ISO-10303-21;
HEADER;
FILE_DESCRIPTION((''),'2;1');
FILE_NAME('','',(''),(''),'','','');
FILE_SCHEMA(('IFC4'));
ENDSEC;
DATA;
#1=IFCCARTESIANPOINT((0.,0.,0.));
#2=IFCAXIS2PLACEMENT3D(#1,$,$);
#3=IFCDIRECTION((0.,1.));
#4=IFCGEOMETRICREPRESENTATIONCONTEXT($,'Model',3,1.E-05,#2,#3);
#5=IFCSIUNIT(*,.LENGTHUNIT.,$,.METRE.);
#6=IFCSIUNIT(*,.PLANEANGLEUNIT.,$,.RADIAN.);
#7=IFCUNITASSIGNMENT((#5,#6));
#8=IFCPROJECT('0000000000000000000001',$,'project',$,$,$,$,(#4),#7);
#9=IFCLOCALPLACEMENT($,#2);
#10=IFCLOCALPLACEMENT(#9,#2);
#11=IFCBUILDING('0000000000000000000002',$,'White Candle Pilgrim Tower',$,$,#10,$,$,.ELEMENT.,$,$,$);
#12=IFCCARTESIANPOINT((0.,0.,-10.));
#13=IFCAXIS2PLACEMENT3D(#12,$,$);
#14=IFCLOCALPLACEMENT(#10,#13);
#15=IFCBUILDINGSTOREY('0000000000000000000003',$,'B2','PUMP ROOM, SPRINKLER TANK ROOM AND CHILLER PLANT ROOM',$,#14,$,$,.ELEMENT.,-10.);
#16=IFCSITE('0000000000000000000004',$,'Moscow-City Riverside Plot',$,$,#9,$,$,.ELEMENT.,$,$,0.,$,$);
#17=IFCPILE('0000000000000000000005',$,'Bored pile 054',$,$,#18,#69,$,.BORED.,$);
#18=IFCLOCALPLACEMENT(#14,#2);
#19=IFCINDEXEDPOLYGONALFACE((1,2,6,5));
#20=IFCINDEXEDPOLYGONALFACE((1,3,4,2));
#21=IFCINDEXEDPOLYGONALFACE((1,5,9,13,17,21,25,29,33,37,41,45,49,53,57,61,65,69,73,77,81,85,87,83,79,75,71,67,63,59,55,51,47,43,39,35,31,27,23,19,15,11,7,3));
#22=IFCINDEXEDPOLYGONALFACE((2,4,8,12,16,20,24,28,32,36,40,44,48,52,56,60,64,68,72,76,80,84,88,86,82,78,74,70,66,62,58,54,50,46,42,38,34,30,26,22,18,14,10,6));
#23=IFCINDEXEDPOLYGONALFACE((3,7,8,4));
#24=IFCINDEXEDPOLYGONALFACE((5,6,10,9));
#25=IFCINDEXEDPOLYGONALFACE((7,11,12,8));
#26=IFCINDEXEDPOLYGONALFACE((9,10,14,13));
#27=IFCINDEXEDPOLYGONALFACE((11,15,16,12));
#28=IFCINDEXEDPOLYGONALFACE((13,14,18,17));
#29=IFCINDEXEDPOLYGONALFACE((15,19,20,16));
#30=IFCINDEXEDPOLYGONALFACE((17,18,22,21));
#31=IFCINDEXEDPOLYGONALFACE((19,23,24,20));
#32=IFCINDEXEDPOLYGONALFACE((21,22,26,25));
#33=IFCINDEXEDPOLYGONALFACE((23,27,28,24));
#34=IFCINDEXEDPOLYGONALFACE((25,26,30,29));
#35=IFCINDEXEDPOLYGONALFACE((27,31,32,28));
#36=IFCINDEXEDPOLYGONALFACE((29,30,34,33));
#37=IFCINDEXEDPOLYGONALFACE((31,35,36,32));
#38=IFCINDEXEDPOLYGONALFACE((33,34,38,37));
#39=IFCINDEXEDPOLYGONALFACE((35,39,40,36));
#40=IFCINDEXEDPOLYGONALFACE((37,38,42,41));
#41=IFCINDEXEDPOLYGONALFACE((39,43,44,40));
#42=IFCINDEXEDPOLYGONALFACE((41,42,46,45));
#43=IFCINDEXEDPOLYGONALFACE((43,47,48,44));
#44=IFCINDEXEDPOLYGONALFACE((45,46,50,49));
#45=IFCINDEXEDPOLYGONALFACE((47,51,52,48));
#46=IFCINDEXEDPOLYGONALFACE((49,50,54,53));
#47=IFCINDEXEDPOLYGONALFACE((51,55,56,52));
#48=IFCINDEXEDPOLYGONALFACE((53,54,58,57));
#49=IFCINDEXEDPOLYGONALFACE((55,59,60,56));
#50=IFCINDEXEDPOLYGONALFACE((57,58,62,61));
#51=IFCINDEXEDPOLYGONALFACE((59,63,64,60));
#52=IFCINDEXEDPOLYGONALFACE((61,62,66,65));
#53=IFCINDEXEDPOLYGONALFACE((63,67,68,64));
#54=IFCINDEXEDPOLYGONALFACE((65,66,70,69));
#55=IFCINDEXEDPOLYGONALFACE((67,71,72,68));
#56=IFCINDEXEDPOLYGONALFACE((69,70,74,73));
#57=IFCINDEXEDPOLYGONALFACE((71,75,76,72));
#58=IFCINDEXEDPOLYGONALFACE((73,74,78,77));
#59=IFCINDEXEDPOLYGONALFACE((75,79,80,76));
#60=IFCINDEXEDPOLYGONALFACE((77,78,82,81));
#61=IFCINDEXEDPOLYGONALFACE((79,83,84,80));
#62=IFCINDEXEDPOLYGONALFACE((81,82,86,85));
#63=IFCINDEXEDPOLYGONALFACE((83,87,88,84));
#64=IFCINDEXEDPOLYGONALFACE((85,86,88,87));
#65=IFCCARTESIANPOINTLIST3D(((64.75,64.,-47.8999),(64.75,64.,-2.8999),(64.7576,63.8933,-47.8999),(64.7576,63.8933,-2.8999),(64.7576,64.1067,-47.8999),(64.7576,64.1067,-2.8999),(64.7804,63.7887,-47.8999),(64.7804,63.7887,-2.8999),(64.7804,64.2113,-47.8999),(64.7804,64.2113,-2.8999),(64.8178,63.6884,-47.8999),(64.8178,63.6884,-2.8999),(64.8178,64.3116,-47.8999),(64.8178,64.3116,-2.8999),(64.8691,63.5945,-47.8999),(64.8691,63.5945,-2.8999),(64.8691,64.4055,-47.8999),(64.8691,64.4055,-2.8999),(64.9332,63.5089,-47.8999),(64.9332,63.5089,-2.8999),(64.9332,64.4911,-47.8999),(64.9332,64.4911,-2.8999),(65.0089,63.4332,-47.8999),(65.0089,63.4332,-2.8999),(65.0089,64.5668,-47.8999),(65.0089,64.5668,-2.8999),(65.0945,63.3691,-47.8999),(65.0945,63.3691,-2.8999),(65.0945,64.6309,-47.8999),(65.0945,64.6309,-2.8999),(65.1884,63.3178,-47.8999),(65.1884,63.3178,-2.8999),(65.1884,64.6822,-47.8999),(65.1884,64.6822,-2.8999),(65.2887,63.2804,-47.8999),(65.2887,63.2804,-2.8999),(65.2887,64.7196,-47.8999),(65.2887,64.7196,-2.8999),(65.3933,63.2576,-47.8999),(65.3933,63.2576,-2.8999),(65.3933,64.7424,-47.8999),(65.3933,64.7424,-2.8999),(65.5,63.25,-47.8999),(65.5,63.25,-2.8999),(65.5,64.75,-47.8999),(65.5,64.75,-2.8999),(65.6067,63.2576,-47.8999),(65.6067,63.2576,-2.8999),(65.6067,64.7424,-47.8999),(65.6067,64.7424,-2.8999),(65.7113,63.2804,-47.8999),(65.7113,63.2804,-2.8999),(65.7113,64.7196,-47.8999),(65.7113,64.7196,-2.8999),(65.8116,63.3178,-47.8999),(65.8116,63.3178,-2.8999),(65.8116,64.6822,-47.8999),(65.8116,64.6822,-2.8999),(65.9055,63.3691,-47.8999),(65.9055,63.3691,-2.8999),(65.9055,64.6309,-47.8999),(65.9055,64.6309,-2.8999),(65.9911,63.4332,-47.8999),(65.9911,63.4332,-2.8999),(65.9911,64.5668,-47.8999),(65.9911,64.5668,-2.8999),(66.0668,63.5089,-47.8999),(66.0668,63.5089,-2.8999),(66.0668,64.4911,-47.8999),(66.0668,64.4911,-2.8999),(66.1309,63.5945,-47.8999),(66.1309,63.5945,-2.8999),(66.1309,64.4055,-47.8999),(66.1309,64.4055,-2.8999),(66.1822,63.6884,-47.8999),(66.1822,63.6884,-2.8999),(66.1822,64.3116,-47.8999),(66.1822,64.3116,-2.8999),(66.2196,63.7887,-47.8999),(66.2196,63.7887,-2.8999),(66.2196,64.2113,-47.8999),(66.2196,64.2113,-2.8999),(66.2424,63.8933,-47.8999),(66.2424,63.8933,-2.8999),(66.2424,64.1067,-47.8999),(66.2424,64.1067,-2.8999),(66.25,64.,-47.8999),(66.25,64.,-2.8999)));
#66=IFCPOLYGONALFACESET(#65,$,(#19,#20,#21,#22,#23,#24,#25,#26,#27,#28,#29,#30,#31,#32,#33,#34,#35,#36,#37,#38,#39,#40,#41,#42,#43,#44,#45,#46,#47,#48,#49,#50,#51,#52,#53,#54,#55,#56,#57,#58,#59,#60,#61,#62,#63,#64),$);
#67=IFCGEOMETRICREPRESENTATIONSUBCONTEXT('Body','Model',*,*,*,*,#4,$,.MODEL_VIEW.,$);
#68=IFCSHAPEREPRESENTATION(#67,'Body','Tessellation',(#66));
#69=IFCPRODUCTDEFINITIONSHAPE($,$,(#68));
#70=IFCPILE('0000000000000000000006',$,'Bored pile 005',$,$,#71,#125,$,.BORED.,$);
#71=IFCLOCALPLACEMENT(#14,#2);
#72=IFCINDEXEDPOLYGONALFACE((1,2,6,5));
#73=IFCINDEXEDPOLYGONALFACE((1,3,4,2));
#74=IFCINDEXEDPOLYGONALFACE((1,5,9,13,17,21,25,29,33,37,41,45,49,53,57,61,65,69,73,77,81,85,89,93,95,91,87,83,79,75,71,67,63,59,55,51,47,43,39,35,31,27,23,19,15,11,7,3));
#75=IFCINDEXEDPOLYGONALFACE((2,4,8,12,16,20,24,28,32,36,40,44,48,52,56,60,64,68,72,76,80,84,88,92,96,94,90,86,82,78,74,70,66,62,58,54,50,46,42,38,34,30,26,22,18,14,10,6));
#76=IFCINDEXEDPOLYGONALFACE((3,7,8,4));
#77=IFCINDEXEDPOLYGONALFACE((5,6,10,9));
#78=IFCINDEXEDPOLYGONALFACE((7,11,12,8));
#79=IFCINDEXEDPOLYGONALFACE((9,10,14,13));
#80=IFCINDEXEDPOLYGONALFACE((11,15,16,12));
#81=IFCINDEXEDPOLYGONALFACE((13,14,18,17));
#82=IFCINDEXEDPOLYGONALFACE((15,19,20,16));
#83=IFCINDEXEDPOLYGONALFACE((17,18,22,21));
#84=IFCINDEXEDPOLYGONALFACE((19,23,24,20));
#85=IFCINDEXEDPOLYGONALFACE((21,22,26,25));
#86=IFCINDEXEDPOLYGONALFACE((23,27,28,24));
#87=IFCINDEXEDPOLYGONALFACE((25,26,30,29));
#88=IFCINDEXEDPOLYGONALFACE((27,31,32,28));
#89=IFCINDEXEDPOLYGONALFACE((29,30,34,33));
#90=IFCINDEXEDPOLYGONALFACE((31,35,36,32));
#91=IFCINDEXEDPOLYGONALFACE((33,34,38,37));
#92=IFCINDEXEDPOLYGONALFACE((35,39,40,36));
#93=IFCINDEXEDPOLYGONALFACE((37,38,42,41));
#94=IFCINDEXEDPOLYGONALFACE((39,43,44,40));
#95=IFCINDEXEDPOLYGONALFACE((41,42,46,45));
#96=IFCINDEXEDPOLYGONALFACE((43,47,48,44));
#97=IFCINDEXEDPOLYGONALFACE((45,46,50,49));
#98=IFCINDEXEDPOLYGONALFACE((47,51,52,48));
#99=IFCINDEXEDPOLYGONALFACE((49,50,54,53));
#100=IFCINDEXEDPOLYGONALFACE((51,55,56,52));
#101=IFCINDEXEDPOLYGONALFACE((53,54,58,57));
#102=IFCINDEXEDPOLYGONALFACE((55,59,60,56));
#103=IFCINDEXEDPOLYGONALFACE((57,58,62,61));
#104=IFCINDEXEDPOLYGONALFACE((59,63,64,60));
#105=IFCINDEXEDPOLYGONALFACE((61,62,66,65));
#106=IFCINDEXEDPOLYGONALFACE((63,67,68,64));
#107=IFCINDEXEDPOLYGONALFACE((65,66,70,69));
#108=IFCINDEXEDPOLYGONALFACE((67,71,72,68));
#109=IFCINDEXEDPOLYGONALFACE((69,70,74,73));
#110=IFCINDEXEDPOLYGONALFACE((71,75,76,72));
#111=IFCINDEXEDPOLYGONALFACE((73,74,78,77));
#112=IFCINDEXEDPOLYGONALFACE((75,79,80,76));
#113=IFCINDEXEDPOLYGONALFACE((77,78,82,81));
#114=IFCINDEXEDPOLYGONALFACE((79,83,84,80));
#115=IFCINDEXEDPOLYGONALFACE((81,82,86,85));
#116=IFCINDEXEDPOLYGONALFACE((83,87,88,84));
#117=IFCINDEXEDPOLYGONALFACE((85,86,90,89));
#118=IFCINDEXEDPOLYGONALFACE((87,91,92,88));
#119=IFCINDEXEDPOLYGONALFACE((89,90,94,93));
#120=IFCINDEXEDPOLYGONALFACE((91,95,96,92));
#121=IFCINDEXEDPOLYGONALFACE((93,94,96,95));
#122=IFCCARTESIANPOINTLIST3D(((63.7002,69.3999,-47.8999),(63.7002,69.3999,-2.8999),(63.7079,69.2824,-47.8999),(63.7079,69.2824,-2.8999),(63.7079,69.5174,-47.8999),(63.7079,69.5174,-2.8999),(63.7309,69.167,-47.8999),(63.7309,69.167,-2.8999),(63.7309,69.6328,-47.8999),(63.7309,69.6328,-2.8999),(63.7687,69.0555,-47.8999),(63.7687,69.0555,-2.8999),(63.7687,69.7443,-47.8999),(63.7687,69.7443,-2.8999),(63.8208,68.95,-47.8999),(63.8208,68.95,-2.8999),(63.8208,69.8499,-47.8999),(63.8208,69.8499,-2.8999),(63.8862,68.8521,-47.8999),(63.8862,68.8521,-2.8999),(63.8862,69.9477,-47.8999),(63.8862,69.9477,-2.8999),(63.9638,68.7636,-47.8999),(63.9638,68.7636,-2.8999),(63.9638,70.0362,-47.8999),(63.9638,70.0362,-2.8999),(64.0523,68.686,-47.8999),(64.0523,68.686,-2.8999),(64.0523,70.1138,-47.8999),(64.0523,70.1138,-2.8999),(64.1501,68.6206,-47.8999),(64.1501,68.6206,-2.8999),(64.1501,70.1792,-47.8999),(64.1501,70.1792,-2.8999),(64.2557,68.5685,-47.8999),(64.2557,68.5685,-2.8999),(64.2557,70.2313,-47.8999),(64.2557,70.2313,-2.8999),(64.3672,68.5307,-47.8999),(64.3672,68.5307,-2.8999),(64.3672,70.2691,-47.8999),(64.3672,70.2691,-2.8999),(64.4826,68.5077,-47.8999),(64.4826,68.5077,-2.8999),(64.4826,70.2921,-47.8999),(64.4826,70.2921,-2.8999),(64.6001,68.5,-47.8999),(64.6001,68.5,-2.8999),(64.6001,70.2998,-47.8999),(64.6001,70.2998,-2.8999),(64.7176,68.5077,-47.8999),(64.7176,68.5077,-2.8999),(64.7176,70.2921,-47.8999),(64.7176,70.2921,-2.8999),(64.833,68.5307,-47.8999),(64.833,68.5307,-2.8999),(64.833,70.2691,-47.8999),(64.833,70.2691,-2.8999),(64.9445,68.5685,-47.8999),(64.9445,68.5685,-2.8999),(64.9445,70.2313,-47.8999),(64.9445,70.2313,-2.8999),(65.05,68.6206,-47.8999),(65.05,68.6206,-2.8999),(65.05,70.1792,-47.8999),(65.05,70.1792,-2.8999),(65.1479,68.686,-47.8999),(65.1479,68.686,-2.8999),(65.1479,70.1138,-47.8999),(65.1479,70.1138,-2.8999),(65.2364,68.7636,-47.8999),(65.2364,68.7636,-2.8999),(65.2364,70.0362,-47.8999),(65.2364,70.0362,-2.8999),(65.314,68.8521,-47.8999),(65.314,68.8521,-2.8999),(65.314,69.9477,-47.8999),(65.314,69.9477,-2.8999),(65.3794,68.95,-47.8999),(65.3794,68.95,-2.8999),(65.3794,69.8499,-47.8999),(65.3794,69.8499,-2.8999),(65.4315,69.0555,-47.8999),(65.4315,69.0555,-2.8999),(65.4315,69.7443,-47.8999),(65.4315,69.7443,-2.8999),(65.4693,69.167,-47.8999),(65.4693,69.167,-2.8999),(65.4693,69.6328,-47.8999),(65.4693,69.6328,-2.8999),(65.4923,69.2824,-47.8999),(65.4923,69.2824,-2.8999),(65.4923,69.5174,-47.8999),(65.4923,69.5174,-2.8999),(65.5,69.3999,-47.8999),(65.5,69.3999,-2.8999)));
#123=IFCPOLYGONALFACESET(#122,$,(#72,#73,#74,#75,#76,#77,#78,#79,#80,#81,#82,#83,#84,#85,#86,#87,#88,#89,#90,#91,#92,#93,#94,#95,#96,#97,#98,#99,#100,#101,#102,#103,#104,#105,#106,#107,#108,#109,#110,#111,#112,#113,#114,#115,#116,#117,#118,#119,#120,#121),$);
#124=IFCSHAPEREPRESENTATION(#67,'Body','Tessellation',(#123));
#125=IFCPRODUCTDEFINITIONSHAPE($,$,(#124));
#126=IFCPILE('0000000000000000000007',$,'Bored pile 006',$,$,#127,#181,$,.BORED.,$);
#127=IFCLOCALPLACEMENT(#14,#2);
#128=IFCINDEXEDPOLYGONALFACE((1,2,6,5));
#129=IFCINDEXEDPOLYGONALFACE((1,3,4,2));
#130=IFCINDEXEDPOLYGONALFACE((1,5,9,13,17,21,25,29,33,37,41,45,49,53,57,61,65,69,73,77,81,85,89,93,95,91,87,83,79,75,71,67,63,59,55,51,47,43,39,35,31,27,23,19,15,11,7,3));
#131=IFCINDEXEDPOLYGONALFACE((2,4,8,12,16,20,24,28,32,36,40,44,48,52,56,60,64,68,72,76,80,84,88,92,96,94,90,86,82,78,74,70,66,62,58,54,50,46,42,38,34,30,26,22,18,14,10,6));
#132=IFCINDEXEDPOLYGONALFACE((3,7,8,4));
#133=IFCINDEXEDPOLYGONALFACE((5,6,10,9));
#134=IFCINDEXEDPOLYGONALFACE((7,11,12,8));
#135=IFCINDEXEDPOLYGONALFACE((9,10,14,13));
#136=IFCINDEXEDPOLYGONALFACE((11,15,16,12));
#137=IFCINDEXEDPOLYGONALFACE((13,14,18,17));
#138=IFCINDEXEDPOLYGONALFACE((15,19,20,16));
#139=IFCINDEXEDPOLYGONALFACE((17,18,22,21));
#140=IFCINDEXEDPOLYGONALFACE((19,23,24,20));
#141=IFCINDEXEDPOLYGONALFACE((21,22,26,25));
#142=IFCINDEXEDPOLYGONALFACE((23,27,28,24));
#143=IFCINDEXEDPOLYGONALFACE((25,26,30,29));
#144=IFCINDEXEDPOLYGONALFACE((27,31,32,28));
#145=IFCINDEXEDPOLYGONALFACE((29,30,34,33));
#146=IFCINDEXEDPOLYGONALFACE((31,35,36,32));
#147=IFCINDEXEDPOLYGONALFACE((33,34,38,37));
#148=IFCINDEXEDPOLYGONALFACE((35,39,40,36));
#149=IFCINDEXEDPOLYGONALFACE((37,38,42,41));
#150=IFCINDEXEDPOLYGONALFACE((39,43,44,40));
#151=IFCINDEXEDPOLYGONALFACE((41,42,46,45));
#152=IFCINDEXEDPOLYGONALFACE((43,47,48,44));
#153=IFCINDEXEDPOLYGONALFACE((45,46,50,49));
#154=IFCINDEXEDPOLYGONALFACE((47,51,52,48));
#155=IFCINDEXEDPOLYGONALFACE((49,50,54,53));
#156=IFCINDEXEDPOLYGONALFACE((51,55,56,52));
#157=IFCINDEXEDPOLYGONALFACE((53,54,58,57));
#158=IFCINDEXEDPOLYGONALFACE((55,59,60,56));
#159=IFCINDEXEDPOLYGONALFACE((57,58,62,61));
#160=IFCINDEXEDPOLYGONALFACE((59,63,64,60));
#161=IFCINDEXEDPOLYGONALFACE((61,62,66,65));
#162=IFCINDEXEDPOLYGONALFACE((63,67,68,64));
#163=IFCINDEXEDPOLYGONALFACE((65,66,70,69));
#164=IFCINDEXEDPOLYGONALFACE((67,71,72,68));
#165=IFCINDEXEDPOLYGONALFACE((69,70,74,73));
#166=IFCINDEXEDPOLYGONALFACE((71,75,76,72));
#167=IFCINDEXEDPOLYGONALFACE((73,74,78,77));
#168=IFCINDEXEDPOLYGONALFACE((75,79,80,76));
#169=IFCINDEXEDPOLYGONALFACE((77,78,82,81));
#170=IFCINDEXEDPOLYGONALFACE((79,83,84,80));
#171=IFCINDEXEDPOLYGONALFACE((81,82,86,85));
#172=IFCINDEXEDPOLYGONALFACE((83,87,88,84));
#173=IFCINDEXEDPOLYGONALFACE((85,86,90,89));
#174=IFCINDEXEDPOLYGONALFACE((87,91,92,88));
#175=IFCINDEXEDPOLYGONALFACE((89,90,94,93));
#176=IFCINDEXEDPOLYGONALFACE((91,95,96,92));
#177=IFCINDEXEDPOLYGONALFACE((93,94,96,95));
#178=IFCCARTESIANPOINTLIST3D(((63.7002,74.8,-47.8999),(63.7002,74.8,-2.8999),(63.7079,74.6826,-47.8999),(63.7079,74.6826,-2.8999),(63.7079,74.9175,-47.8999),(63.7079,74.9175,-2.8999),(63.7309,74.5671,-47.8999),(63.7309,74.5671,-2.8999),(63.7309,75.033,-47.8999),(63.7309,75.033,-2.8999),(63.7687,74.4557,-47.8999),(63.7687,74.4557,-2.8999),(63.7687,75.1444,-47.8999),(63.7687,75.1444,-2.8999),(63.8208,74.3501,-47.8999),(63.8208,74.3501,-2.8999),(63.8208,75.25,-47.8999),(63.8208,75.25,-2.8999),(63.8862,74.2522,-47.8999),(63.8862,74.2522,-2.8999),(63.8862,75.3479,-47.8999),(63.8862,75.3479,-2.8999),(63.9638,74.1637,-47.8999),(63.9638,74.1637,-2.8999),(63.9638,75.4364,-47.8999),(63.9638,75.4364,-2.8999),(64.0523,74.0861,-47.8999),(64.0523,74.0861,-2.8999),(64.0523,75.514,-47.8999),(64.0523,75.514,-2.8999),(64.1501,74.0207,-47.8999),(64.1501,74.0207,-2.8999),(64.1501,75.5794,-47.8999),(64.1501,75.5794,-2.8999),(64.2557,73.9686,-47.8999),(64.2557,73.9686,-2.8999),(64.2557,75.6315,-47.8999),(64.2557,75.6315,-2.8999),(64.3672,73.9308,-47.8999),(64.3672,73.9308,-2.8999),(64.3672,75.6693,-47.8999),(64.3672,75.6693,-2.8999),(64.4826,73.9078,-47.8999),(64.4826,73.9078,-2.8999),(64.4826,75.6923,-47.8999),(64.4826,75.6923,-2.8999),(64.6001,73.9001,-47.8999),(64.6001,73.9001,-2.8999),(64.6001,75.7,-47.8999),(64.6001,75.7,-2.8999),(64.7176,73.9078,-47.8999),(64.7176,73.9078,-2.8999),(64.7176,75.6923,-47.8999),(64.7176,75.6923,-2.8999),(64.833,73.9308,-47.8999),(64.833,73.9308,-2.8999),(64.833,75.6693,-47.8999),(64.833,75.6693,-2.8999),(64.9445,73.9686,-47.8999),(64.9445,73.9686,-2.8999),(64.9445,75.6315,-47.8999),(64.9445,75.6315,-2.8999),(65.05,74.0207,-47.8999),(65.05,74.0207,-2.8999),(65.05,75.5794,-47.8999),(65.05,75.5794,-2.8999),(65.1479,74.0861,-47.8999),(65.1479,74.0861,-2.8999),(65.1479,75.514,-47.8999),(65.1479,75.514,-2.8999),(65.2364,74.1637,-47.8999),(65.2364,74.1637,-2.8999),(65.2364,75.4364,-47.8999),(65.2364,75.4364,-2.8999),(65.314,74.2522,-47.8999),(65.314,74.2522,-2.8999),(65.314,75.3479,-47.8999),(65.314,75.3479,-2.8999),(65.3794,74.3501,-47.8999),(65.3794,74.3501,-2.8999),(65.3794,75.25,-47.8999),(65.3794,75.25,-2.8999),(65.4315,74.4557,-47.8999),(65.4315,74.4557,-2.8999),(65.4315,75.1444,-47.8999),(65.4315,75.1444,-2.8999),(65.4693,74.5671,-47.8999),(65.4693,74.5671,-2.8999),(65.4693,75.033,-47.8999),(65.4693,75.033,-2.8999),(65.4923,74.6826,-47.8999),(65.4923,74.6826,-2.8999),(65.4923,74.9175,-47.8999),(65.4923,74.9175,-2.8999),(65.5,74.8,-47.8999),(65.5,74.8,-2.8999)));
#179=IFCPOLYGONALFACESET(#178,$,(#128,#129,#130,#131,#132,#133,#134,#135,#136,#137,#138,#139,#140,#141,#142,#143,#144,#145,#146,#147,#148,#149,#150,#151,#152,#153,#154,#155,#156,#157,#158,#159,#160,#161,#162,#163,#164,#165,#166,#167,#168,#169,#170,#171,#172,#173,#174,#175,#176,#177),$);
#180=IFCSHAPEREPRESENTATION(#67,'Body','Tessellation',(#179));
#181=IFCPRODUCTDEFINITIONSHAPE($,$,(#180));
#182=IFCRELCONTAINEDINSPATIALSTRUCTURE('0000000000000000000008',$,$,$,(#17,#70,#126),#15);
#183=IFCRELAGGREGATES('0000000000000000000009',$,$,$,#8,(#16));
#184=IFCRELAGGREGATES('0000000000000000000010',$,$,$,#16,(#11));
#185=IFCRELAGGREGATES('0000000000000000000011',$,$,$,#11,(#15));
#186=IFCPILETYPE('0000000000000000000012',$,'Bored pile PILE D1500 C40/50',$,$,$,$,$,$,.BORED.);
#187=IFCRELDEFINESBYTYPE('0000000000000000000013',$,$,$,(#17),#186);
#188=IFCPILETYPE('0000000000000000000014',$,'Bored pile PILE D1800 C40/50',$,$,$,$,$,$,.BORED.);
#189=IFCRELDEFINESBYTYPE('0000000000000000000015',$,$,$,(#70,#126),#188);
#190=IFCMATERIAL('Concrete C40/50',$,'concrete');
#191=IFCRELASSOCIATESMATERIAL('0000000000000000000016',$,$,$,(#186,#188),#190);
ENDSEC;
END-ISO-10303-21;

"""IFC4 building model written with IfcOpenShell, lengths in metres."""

from ifc_helpers import new_model, si_unit, direction, frame, origin, origin_2d, place, context, subcontext, project, spatial, circle, extrude, material, material_profile, profile_set, type_object, element, save


model = new_model("IFC4")

# Units and contexts
model_context = context("Model", 3, precision=1e-05, world=origin(), true_north=direction((0.0, 1.0)))
body_context = subcontext(model_context, "Body", "Model", "MODEL_VIEW")
ifc_project = project(units=[si_unit("LENGTHUNIT", "METRE"), si_unit("PLANEANGLEUNIT", "RADIAN")], contexts=[model_context])

# Site, building, storey
site_placement = place(None, origin())
site = spatial("IfcSite", under=ifc_project, at=site_placement, Name="Moscow-City Riverside Plot", CompositionType="ELEMENT", RefElevation=0.0)
building_placement = place(site_placement, origin())
building = spatial("IfcBuilding", under=site, at=building_placement, Name="White Candle Pilgrim Tower", CompositionType="ELEMENT")
storey_placement = place(building_placement, frame((0.0, 0.0, -10.0)))
storey = spatial("IfcBuildingStorey", under=building, at=storey_placement, Name="B2", Description="PUMP ROOM, SPRINKLER TANK ROOM AND CHILLER PLANT ROOM", CompositionType="ELEMENT", Elevation=-10.0)

# Piles
ifc_material_1 = material(Name="Concrete C40/50", Category="concrete")
ifc_material_profile_1 = material_profile(ifc_material_1, circle(Radius=0.75, at=origin_2d()), Name="PILE D1500")
ifc_profile_set_1 = profile_set([ifc_material_profile_1], Name="Concrete C40/50")
pile_type_1 = type_object("IfcPileType", Name="Bored pile PILE D1500 C40/50", PredefinedType="BORED", material=ifc_profile_set_1)
pile_placement = place(storey_placement, frame((65.5, 64.0, -2.8999), z_axis=(0.0, 0.0, -1.0), x_axis=(1.0, 0.0, 0.0)))
element("IfcPile", 1, at=pile_placement, inside=storey, type_object=pile_type_1, Name="Bored pile 054", PredefinedType="BORED", context=body_context, shape_type="SweptSolid", body=[
    extrude(circle(Radius=0.75, at=origin_2d()), origin(), (0.0, 0.0, 1.0), 45.0),
])
ifc_material_profile_2 = material_profile(ifc_material_1, circle(Radius=0.8999, at=origin_2d()), Name="PILE D1800")
ifc_profile_set_2 = profile_set([ifc_material_profile_2], Name="Concrete C40/50")
pile_type_2 = type_object("IfcPileType", Name="Bored pile PILE D1800 C40/50", PredefinedType="BORED", material=ifc_profile_set_2)
for number, where, z_axis, x_axis, name in (
    (2, (64.6001, 69.3999, -2.8999), (0.0, 0.0, -1.0), (1.0, 0.0, 0.0), "Bored pile 005"),
    (3, (64.6001, 74.8, -2.8999), (0.0, 0.0, -1.0), (1.0, 0.0, 0.0), "Bored pile 006"),
):
    element("IfcPile", number, at=place(storey_placement, frame(where, z_axis=z_axis, x_axis=x_axis)), inside=storey, type_object=pile_type_2, Name=name, PredefinedType="BORED", context=body_context, shape_type="SweptSolid", body=[
        extrude(circle(Radius=0.8999, at=origin_2d()), origin(), (0.0, 0.0, 1.0), 45.0),
    ])

save(model, "model.ifc")
